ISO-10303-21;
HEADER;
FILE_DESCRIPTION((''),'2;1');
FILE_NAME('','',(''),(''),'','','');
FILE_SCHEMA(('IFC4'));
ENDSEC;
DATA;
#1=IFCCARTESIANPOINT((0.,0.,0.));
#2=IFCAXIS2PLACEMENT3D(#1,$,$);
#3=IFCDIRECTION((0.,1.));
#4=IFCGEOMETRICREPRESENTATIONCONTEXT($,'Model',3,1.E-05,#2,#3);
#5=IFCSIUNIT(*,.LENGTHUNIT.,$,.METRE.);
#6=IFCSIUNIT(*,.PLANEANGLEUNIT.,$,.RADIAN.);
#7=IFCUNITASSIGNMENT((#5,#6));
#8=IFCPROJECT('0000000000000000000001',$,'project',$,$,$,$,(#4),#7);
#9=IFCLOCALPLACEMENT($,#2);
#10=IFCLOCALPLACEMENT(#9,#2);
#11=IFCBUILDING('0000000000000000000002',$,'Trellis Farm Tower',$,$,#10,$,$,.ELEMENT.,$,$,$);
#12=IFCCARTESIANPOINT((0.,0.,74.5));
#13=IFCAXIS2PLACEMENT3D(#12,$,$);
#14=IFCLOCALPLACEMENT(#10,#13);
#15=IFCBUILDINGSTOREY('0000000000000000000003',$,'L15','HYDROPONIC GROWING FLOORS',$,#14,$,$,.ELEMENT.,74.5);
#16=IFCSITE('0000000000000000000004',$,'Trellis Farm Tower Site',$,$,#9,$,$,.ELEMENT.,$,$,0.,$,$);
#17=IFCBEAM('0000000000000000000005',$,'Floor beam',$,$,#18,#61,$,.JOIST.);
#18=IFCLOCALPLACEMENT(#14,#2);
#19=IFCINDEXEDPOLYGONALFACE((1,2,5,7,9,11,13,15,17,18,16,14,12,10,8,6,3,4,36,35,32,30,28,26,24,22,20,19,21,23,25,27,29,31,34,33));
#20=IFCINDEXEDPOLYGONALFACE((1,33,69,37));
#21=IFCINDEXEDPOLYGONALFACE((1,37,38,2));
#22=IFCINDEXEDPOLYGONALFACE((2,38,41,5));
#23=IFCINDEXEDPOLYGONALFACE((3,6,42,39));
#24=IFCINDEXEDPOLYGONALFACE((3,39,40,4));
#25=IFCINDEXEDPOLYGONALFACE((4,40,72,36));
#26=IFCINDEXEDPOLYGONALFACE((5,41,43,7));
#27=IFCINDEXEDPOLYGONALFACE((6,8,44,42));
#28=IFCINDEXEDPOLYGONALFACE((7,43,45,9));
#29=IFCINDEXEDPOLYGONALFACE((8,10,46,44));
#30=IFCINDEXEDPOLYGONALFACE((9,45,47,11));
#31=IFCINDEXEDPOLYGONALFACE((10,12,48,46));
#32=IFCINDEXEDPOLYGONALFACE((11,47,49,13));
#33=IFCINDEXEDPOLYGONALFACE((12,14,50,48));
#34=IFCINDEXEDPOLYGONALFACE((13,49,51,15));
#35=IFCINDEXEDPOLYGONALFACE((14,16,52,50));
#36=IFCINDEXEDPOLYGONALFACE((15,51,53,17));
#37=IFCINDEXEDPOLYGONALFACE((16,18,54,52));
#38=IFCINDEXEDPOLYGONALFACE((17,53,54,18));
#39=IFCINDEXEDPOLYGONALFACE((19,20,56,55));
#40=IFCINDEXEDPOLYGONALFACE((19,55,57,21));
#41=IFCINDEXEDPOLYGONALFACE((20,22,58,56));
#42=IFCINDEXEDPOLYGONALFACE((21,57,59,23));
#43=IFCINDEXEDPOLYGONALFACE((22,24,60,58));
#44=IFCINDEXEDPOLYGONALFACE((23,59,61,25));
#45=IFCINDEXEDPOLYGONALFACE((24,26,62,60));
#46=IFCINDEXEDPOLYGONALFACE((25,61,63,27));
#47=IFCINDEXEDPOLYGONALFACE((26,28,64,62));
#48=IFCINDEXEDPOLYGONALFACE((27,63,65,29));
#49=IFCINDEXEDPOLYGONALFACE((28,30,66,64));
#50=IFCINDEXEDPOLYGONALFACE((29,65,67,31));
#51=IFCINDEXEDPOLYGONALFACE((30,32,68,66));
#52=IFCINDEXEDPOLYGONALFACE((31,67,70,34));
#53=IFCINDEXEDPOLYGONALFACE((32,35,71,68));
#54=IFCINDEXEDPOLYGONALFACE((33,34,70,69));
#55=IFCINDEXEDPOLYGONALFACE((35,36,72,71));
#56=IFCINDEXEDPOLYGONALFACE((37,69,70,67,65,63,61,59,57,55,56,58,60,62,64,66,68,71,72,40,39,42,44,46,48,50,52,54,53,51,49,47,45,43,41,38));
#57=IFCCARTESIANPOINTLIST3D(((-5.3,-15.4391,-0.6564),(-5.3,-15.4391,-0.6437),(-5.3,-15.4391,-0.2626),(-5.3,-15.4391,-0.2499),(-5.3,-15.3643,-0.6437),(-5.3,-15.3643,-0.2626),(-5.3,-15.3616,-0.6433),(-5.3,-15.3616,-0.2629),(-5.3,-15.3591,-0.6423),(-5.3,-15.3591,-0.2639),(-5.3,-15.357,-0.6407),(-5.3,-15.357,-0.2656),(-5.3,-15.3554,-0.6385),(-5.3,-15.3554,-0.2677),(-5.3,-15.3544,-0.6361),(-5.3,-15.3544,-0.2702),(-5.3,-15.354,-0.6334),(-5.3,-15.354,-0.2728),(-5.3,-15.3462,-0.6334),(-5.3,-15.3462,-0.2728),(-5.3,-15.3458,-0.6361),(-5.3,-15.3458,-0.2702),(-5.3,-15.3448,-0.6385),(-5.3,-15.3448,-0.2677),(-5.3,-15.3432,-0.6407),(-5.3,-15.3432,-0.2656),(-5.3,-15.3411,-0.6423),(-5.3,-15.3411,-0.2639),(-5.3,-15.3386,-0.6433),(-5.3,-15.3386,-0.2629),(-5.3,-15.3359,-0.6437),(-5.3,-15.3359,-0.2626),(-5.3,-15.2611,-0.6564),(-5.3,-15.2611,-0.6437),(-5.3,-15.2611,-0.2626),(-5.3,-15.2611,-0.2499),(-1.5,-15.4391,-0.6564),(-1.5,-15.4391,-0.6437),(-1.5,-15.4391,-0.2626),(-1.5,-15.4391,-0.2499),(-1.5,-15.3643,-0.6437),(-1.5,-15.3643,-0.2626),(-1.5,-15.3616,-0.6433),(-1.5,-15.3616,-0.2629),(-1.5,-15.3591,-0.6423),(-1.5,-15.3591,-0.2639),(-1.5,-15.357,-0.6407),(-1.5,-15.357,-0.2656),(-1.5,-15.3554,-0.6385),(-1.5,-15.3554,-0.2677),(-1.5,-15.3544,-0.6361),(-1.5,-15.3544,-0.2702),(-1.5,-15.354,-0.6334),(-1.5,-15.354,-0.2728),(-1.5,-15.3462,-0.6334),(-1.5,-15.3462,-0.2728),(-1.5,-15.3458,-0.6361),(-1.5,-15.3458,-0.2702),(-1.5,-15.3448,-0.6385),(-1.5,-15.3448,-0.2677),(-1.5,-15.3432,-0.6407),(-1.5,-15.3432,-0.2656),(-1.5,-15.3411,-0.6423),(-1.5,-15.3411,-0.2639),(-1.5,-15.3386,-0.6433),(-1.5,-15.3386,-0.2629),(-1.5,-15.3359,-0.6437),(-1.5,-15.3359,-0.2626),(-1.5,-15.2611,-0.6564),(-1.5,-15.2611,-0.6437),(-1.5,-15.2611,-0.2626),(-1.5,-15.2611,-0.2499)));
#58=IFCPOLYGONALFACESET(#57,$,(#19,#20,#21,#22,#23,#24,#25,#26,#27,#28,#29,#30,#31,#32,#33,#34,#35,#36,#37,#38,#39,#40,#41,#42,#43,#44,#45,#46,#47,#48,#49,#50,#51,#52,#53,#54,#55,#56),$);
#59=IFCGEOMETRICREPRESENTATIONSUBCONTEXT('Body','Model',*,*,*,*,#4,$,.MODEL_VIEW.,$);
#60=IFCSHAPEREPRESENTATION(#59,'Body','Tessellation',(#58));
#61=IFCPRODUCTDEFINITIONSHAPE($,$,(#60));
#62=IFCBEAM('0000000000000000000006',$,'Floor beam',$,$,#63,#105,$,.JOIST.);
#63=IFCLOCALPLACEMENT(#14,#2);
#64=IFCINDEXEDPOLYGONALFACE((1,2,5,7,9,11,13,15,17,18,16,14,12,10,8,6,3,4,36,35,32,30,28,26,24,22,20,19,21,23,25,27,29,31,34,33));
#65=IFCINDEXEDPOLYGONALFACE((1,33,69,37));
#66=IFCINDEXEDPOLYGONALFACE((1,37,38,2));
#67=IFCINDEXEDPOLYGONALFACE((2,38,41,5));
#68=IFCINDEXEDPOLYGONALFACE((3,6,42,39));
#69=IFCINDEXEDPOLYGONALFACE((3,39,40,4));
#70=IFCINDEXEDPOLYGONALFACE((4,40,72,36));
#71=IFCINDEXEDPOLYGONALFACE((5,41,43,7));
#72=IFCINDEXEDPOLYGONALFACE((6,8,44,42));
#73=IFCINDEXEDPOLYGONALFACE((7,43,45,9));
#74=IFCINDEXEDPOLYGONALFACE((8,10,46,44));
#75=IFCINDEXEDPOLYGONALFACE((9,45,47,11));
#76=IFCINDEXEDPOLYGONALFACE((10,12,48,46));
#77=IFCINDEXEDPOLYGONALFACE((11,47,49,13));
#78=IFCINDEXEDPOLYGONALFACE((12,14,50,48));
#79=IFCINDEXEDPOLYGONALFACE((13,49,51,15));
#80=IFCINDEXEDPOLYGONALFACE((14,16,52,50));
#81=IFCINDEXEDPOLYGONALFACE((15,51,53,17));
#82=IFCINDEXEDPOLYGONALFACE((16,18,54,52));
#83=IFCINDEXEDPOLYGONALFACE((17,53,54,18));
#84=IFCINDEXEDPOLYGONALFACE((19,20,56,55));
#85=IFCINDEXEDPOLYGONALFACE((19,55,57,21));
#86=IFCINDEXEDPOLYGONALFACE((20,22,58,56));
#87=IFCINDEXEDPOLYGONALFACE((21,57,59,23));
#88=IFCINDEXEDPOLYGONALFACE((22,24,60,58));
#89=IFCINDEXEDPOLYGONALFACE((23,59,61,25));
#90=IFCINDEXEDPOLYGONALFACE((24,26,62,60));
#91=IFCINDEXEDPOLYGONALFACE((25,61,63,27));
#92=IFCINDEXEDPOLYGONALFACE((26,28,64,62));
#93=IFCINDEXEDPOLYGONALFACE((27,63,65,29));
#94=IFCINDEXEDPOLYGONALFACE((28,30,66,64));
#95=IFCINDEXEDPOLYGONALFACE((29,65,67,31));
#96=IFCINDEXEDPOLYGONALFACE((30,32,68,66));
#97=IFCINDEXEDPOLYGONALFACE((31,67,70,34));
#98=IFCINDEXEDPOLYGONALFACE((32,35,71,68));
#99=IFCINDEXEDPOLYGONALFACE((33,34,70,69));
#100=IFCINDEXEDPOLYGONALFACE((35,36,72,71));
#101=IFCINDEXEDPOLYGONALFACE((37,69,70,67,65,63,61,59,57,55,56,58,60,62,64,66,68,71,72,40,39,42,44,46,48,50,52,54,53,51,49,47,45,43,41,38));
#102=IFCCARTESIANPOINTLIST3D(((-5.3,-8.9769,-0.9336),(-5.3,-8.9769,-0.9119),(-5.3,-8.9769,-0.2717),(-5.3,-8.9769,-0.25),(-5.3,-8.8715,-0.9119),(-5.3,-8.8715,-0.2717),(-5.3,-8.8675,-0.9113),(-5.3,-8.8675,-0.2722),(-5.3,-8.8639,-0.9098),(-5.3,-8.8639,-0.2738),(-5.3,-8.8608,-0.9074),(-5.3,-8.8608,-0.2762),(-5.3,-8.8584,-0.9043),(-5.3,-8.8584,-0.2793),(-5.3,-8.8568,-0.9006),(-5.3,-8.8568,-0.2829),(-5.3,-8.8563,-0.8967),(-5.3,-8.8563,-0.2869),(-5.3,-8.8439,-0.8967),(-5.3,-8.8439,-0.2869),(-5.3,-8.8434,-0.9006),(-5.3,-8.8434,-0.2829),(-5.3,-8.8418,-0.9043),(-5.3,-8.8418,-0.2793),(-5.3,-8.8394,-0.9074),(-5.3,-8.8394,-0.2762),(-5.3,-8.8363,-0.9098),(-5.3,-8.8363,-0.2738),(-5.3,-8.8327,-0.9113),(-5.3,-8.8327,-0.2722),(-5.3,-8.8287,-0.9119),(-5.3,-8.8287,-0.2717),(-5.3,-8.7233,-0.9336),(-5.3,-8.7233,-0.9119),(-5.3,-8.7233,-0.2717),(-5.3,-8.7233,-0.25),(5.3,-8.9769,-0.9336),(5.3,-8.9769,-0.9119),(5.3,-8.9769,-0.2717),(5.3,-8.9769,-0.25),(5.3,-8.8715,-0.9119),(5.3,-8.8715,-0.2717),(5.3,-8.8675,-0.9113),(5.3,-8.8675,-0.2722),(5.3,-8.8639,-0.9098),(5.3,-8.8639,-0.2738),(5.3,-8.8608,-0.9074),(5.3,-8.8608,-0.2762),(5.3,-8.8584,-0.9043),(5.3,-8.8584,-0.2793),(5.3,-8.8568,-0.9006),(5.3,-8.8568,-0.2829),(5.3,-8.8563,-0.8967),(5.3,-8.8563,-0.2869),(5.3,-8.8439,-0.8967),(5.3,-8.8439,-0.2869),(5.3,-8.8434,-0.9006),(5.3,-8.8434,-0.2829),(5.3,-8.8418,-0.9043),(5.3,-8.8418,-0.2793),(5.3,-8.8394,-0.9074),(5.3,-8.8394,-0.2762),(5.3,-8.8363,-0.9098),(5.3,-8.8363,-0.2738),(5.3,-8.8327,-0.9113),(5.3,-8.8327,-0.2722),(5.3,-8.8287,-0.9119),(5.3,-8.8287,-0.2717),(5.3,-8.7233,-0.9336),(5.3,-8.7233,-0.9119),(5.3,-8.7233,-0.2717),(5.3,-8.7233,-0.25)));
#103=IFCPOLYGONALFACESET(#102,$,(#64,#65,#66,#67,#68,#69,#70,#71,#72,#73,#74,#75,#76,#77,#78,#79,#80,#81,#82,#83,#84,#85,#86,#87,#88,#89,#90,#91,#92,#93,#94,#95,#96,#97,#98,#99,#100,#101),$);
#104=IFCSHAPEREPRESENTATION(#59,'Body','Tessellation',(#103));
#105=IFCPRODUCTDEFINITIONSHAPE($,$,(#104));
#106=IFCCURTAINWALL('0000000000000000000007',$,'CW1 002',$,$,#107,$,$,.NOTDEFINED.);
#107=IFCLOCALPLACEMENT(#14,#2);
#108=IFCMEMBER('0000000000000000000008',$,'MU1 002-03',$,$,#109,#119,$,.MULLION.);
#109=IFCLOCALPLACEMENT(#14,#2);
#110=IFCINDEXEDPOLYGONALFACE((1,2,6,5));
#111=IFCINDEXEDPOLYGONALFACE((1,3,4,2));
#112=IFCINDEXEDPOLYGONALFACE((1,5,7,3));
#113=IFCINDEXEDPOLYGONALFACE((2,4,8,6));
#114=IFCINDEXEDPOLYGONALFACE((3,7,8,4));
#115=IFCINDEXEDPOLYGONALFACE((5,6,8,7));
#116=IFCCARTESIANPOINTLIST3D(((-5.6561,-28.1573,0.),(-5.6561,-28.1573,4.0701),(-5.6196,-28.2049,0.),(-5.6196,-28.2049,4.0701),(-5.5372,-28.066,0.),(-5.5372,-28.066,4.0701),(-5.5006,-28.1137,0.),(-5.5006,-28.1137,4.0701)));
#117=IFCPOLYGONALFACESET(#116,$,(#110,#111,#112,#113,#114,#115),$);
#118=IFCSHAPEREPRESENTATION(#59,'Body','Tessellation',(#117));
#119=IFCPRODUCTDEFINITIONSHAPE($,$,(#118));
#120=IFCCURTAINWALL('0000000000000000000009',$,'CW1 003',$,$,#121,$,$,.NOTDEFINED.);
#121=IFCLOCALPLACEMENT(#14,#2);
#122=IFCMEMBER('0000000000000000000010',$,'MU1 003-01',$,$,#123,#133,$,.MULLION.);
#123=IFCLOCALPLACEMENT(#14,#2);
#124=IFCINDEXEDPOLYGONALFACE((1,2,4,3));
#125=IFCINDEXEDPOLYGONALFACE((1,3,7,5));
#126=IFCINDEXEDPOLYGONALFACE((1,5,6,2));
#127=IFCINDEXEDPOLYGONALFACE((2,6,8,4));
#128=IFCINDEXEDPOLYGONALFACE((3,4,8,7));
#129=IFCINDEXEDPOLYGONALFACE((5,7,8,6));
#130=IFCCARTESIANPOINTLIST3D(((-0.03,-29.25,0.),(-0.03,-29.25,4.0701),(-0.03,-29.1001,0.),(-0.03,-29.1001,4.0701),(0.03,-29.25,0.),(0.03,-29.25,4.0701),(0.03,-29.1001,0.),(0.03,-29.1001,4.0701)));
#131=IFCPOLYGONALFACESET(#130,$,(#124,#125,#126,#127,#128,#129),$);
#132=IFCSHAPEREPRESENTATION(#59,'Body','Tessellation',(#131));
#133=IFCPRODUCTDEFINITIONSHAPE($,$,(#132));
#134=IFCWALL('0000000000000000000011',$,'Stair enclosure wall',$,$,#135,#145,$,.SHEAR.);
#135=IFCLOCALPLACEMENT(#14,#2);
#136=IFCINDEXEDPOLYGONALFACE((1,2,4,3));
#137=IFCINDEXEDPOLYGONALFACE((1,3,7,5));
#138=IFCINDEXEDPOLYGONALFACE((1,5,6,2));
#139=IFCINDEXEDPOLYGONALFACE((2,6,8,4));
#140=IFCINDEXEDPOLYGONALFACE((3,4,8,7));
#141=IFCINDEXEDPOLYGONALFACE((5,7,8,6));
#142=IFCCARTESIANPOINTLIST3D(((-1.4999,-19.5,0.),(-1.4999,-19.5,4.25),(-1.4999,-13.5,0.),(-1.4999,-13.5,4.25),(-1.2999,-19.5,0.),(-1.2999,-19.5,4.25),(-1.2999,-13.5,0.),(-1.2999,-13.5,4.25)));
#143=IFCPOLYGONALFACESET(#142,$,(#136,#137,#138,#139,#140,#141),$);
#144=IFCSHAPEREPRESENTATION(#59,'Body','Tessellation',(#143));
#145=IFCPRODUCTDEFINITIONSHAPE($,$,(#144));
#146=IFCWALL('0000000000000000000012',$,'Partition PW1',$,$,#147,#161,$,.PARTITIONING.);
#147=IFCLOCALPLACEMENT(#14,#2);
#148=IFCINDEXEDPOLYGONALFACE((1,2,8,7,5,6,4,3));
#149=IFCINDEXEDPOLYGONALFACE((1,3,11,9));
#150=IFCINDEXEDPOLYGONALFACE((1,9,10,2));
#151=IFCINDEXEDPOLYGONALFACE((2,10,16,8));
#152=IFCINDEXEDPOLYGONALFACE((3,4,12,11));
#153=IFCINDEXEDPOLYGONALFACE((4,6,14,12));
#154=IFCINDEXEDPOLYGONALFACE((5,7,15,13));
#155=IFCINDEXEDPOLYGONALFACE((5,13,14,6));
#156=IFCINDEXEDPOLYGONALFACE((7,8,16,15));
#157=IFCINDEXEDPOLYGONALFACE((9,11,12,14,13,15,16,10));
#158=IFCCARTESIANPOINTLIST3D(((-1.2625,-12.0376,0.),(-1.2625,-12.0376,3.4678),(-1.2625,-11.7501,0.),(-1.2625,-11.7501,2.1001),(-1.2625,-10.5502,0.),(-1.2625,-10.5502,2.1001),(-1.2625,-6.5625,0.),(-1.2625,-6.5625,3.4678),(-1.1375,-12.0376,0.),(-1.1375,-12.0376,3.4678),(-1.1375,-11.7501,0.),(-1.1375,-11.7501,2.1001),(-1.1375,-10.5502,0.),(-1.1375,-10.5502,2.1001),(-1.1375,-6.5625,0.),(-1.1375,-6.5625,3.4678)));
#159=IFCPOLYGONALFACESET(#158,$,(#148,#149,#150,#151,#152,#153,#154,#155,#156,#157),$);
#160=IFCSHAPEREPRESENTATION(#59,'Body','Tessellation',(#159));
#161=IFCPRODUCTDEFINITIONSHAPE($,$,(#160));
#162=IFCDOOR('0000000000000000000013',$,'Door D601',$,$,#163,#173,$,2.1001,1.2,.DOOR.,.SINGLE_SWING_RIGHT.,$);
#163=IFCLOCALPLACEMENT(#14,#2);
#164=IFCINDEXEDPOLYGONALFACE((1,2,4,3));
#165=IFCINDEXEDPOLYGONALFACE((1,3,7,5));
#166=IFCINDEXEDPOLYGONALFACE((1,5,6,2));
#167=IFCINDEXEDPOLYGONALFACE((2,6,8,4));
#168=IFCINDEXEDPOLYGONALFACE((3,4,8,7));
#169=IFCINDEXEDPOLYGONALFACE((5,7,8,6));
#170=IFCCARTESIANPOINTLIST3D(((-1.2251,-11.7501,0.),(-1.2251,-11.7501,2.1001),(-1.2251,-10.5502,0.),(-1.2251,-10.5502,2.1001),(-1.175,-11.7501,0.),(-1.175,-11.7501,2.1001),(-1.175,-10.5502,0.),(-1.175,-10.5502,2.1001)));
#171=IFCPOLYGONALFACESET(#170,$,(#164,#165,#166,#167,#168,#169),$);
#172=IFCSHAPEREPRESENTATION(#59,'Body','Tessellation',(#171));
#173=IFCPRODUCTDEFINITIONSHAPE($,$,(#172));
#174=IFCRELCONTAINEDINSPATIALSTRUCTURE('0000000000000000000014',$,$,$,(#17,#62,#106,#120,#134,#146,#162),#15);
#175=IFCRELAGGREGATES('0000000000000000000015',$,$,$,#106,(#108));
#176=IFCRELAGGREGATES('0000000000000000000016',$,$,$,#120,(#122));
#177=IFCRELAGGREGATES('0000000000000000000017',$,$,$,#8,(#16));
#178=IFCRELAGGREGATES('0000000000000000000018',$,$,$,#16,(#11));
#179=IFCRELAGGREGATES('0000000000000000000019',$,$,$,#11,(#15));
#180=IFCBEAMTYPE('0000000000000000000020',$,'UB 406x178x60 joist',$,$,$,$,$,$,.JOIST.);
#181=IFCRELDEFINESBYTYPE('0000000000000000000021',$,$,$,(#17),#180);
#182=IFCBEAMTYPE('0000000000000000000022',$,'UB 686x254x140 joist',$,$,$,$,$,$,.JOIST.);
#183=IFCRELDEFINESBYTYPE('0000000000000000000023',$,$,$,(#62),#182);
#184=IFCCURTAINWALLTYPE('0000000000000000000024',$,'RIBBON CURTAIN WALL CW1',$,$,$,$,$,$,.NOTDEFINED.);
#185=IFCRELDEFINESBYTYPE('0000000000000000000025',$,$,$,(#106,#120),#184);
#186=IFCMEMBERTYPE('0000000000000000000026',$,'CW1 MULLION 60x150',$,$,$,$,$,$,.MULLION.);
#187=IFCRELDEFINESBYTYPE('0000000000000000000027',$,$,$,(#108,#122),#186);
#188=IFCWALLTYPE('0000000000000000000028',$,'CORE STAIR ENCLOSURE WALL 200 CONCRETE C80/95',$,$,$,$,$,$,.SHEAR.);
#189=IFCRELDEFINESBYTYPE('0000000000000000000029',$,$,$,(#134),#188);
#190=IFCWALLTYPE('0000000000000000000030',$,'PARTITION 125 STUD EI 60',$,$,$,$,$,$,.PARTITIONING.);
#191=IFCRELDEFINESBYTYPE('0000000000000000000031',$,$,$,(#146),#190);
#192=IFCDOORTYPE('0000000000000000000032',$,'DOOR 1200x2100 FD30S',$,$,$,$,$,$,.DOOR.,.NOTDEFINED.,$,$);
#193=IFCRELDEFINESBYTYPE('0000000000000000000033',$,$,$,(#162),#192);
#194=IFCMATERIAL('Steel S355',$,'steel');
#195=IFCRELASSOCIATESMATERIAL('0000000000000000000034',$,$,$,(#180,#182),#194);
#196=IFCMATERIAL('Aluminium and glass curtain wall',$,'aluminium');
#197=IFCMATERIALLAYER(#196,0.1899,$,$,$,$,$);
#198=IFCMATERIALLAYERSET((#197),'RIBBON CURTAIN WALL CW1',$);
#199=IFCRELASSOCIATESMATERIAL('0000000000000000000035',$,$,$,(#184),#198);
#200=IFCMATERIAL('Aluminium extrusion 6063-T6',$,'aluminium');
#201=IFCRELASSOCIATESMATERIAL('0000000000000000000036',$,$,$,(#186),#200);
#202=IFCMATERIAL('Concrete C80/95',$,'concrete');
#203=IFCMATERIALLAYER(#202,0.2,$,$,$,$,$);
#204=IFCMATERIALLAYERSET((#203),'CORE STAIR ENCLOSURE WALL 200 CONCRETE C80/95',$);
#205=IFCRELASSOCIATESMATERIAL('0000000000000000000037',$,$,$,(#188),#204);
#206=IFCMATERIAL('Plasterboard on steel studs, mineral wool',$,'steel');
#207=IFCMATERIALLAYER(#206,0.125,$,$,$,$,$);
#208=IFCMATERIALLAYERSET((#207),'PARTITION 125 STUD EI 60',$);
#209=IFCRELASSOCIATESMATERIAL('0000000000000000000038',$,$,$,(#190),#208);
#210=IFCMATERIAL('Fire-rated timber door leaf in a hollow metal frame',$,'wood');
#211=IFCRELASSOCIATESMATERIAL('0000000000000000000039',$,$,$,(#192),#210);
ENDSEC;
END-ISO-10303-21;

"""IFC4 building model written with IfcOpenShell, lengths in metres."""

from ifc_helpers import new_model, si_unit, direction, frame, frame_2d, origin, origin_2d, place, context, subcontext, project, spatial, rectangle, i_section, extrude, source, transform, mapped, material, layer, layer_set, material_profile, profile_set, type_object, element, fill, aggregate, save


model = new_model("IFC4")

# Units and contexts
model_context = context("Model", 3, precision=1e-05, world=origin(), true_north=direction((0.0, 1.0)))
body_context = subcontext(model_context, "Body", "Model", "MODEL_VIEW")
ifc_project = project(units=[si_unit("LENGTHUNIT", "METRE"), si_unit("PLANEANGLEUNIT", "RADIAN")], contexts=[model_context])

# Site, building, storey
site_placement = place(None, origin())
site = spatial("IfcSite", under=ifc_project, at=site_placement, Name="Trellis Farm Tower Site", CompositionType="ELEMENT", RefElevation=0.0)
building_placement = place(site_placement, origin())
building = spatial("IfcBuilding", under=site, at=building_placement, Name="Trellis Farm Tower", CompositionType="ELEMENT")
storey_placement = place(building_placement, frame((0.0, 0.0, 74.5)))
storey = spatial("IfcBuildingStorey", under=building, at=storey_placement, Name="L15", Description="HYDROPONIC GROWING FLOORS", CompositionType="ELEMENT", Elevation=74.5)

# Shared definitions
ifc_material_1 = material(Name="Concrete C80/95", Category="concrete")

# Beams
ifc_material_2 = material(Name="Steel S355", Category="steel")
ifc_material_profile_1 = material_profile(ifc_material_2, i_section(OverallWidth=0.178, OverallDepth=0.4065, WebThickness=0.0078, FlangeThickness=0.0127, FilletRadius=0.0103, at=origin_2d()), Name="UB 406x178x60")
ifc_profile_set_1 = profile_set([ifc_material_profile_1], Name="Steel S355")
beam_type_1 = type_object("IfcBeamType", Name="UB 406x178x60 joist", PredefinedType="JOIST", material=ifc_profile_set_1)
shared_shape_1 = source(origin(), body_context, "Body", "SweptSolid", [
    extrude(i_section(OverallWidth=0.178, OverallDepth=0.4065, WebThickness=0.0078, FlangeThickness=0.0127, FilletRadius=0.0103, at=origin_2d()), origin(), (0.0, 0.0, 1.0), 3.8),
])
beam_1_placement = place(storey_placement, frame((-5.3, -15.3501, -0.4531), z_axis=(1.0, 0.0, 0.0), x_axis=(0.0, 1.0, 0.0)))
element("IfcBeam", 1, at=beam_1_placement, inside=storey, type_object=beam_type_1, Name="Floor beam", PredefinedType="JOIST", context=body_context, shape_type="MappedRepresentation", body=[
    mapped(shared_shape_1, transform((0.0, 0.0, 0.0))),
])
ifc_material_profile_2 = material_profile(ifc_material_2, i_section(OverallWidth=0.2537, OverallDepth=0.6836, WebThickness=0.0125, FlangeThickness=0.0217, FilletRadius=0.0151, at=origin_2d()), Name="UB 686x254x140")
ifc_profile_set_2 = profile_set([ifc_material_profile_2], Name="Steel S355")
beam_type_2 = type_object("IfcBeamType", Name="UB 686x254x140 joist", PredefinedType="JOIST", material=ifc_profile_set_2)
shared_shape_2 = source(origin(), body_context, "Body", "SweptSolid", [
    extrude(i_section(OverallWidth=0.2537, OverallDepth=0.6836, WebThickness=0.0125, FlangeThickness=0.0217, FilletRadius=0.0151, at=origin_2d()), origin(), (0.0, 0.0, 1.0), 10.6001),
])
beam_2_placement = place(storey_placement, frame((-5.3, -8.8501, -0.5918), z_axis=(1.0, 0.0, 0.0), x_axis=(0.0, 1.0, 0.0)))
element("IfcBeam", 2, at=beam_2_placement, inside=storey, type_object=beam_type_2, Name="Floor beam", PredefinedType="JOIST", context=body_context, shape_type="MappedRepresentation", body=[
    mapped(shared_shape_2, transform((0.0, 0.0, 0.0))),
])

# Curtain walls, members
ifc_material_3 = material(Name="Aluminium and glass curtain wall", Category="aluminium")
ifc_layer_1 = layer(ifc_material_3, 0.1899)
ifc_layer_set_1 = layer_set([ifc_layer_1], Name="RIBBON CURTAIN WALL CW1")
curtain_wall_type = type_object("IfcCurtainWallType", Name="RIBBON CURTAIN WALL CW1", PredefinedType="NOTDEFINED", material=ifc_layer_set_1)
placement = place(storey_placement, origin())
curtain_wall_1 = element("IfcCurtainWall", 3, at=placement, inside=storey, type_object=curtain_wall_type, Name="CW1 002", PredefinedType="NOTDEFINED")
ifc_material_4 = material(Name="Aluminium extrusion 6063-T6", Category="aluminium")
ifc_material_profile_3 = material_profile(ifc_material_4, rectangle(XDim=0.0601, YDim=0.1499, at=origin_2d()), Name="MULLION 60x150")
ifc_profile_set_3 = profile_set([ifc_material_profile_3], Name="Aluminium extrusion 6063-T6")
member_type = type_object("IfcMemberType", Name="CW1 MULLION 60x150", PredefinedType="MULLION", material=ifc_profile_set_3)
shared_shape_3 = source(origin(), body_context, "Body", "SweptSolid", [
    extrude(rectangle(XDim=0.0601, YDim=0.1499, at=origin_2d()), origin(), (0.0, 0.0, 1.0), 4.0701),
])
member_1_placement = place(storey_placement, frame((-5.5784, -28.1355, 0.0), z_axis=(0.0, 0.0, 1.0), x_axis=(0.608761, -0.793353, 0.0)))
member_1 = element("IfcMember", 4, at=member_1_placement, type_object=member_type, Name="MU1 002-03", PredefinedType="MULLION", context=body_context, shape_type="MappedRepresentation", body=[
    mapped(shared_shape_3, transform((0.0, 0.0, 0.0))),
])
aggregate(curtain_wall_1, [member_1])
curtain_wall_2 = element("IfcCurtainWall", 5, at=placement, inside=storey, type_object=curtain_wall_type, Name="CW1 003", PredefinedType="NOTDEFINED")
member_2_placement = place(storey_placement, frame((0.0, -29.175, 0.0), z_axis=(0.0, 0.0, 1.0), x_axis=(1.0, 0.0, 0.0)))
member_2 = element("IfcMember", 6, at=member_2_placement, type_object=member_type, Name="MU1 003-01", PredefinedType="MULLION", context=body_context, shape_type="MappedRepresentation", body=[
    mapped(shared_shape_3, transform((0.0, 0.0, 0.0))),
])
aggregate(curtain_wall_2, [member_2])

# Wall
ifc_layer_2 = layer(ifc_material_1, 0.2)
ifc_layer_set_2 = layer_set([ifc_layer_2], Name="CORE STAIR ENCLOSURE WALL 200 CONCRETE C80/95")
wall_type_1 = type_object("IfcWallType", Name="CORE STAIR ENCLOSURE WALL 200 CONCRETE C80/95", PredefinedType="SHEAR", material=ifc_layer_set_2)
shared_shape_4 = source(origin(), body_context, "Body", "SweptSolid", [
    extrude(rectangle(XDim=6.0, YDim=0.2, at=frame_2d((3.0, 0.0))), origin(), (0.0, 0.0, 1.0), 4.25),
])
wall_1_placement = place(storey_placement, frame((-1.3999, -13.5, 0.0), z_axis=(0.0, 0.0, 1.0), x_axis=(0.0, -1.0, 0.0)))
element("IfcWall", 7, at=wall_1_placement, inside=storey, type_object=wall_type_1, Name="Stair enclosure wall", PredefinedType="SHEAR", context=body_context, shape_type="MappedRepresentation", body=[
    mapped(shared_shape_4, transform((0.0, 0.0, 0.0))),
])

# Wall, opening, door
ifc_material_5 = material(Name="Plasterboard on steel studs, mineral wool", Category="steel")
ifc_layer_3 = layer(ifc_material_5, 0.125)
ifc_layer_set_3 = layer_set([ifc_layer_3], Name="PARTITION 125 STUD EI 60")
wall_type_2 = type_object("IfcWallType", Name="PARTITION 125 STUD EI 60", PredefinedType="PARTITIONING", material=ifc_layer_set_3)
shared_shape_5 = source(origin(), body_context, "Body", "SweptSolid", [
    extrude(rectangle(XDim=5.4751, YDim=0.125, at=frame_2d((2.7375, 0.0))), origin(), (0.0, 0.0, 1.0), 3.4678),
])
wall_2_placement = place(storey_placement, frame((-1.2, -6.5625, 0.0), z_axis=(0.0, 0.0, 1.0), x_axis=(0.0, -1.0, 0.0)))
wall_2 = element("IfcWall", 8, at=wall_2_placement, inside=storey, type_object=wall_type_2, Name="Partition PW1", PredefinedType="PARTITIONING", context=body_context, shape_type="MappedRepresentation", body=[
    mapped(shared_shape_5, transform((0.0, 0.0, 0.0))),
])
shared_shape_6 = source(origin(), body_context, "Body", "SweptSolid", [
    extrude(rectangle(XDim=1.2, YDim=2.1001, at=frame_2d((0.6001, 1.05))), frame((0.0, 0.0725, 0.0), z_axis=(0.0, -1.0, 0.0), x_axis=(1.0, 0.0, 0.0)), (0.0, 0.0, 1.0), 0.145),
])
opening_1_placement = place(wall_2_placement, frame((3.9875, 0.0, 0.0)))
opening_1 = element("IfcOpeningElement", 9, at=opening_1_placement, cuts=wall_2, PredefinedType="OPENING", context=body_context, shape_type="MappedRepresentation", body=[
    mapped(shared_shape_6, transform((0.0, 0.0, 0.0))),
])
ifc_material_6 = material(Name="Fire-rated timber door leaf in a hollow metal frame", Category="wood")
door_type_1 = type_object("IfcDoorType", Name="DOOR 1200x2100 FD30S", OperationType="NOTDEFINED", PredefinedType="DOOR", material=ifc_material_6)
shared_shape_7 = source(origin(), body_context, "Body", "SweptSolid", [
    extrude(rectangle(XDim=1.2, YDim=2.1001, at=frame_2d((0.6001, 1.05))), frame((0.0, 0.0249, 0.0), z_axis=(0.0, -1.0, 0.0), x_axis=(1.0, 0.0, 0.0)), (0.0, 0.0, 1.0), 0.05),
])
door_1_placement = place(opening_1_placement, origin())
door_1 = element("IfcDoor", 10, at=door_1_placement, inside=storey, type_object=door_type_1, Name="Door D601", OperationType="SINGLE_SWING_RIGHT", OverallHeight=2.1001, OverallWidth=1.2, PredefinedType="DOOR", context=body_context, shape_type="MappedRepresentation", body=[
    mapped(shared_shape_7, transform((0.0, 0.0, 0.0))),
])
fill(opening_1, door_1)

save(model, "model.ifc")
